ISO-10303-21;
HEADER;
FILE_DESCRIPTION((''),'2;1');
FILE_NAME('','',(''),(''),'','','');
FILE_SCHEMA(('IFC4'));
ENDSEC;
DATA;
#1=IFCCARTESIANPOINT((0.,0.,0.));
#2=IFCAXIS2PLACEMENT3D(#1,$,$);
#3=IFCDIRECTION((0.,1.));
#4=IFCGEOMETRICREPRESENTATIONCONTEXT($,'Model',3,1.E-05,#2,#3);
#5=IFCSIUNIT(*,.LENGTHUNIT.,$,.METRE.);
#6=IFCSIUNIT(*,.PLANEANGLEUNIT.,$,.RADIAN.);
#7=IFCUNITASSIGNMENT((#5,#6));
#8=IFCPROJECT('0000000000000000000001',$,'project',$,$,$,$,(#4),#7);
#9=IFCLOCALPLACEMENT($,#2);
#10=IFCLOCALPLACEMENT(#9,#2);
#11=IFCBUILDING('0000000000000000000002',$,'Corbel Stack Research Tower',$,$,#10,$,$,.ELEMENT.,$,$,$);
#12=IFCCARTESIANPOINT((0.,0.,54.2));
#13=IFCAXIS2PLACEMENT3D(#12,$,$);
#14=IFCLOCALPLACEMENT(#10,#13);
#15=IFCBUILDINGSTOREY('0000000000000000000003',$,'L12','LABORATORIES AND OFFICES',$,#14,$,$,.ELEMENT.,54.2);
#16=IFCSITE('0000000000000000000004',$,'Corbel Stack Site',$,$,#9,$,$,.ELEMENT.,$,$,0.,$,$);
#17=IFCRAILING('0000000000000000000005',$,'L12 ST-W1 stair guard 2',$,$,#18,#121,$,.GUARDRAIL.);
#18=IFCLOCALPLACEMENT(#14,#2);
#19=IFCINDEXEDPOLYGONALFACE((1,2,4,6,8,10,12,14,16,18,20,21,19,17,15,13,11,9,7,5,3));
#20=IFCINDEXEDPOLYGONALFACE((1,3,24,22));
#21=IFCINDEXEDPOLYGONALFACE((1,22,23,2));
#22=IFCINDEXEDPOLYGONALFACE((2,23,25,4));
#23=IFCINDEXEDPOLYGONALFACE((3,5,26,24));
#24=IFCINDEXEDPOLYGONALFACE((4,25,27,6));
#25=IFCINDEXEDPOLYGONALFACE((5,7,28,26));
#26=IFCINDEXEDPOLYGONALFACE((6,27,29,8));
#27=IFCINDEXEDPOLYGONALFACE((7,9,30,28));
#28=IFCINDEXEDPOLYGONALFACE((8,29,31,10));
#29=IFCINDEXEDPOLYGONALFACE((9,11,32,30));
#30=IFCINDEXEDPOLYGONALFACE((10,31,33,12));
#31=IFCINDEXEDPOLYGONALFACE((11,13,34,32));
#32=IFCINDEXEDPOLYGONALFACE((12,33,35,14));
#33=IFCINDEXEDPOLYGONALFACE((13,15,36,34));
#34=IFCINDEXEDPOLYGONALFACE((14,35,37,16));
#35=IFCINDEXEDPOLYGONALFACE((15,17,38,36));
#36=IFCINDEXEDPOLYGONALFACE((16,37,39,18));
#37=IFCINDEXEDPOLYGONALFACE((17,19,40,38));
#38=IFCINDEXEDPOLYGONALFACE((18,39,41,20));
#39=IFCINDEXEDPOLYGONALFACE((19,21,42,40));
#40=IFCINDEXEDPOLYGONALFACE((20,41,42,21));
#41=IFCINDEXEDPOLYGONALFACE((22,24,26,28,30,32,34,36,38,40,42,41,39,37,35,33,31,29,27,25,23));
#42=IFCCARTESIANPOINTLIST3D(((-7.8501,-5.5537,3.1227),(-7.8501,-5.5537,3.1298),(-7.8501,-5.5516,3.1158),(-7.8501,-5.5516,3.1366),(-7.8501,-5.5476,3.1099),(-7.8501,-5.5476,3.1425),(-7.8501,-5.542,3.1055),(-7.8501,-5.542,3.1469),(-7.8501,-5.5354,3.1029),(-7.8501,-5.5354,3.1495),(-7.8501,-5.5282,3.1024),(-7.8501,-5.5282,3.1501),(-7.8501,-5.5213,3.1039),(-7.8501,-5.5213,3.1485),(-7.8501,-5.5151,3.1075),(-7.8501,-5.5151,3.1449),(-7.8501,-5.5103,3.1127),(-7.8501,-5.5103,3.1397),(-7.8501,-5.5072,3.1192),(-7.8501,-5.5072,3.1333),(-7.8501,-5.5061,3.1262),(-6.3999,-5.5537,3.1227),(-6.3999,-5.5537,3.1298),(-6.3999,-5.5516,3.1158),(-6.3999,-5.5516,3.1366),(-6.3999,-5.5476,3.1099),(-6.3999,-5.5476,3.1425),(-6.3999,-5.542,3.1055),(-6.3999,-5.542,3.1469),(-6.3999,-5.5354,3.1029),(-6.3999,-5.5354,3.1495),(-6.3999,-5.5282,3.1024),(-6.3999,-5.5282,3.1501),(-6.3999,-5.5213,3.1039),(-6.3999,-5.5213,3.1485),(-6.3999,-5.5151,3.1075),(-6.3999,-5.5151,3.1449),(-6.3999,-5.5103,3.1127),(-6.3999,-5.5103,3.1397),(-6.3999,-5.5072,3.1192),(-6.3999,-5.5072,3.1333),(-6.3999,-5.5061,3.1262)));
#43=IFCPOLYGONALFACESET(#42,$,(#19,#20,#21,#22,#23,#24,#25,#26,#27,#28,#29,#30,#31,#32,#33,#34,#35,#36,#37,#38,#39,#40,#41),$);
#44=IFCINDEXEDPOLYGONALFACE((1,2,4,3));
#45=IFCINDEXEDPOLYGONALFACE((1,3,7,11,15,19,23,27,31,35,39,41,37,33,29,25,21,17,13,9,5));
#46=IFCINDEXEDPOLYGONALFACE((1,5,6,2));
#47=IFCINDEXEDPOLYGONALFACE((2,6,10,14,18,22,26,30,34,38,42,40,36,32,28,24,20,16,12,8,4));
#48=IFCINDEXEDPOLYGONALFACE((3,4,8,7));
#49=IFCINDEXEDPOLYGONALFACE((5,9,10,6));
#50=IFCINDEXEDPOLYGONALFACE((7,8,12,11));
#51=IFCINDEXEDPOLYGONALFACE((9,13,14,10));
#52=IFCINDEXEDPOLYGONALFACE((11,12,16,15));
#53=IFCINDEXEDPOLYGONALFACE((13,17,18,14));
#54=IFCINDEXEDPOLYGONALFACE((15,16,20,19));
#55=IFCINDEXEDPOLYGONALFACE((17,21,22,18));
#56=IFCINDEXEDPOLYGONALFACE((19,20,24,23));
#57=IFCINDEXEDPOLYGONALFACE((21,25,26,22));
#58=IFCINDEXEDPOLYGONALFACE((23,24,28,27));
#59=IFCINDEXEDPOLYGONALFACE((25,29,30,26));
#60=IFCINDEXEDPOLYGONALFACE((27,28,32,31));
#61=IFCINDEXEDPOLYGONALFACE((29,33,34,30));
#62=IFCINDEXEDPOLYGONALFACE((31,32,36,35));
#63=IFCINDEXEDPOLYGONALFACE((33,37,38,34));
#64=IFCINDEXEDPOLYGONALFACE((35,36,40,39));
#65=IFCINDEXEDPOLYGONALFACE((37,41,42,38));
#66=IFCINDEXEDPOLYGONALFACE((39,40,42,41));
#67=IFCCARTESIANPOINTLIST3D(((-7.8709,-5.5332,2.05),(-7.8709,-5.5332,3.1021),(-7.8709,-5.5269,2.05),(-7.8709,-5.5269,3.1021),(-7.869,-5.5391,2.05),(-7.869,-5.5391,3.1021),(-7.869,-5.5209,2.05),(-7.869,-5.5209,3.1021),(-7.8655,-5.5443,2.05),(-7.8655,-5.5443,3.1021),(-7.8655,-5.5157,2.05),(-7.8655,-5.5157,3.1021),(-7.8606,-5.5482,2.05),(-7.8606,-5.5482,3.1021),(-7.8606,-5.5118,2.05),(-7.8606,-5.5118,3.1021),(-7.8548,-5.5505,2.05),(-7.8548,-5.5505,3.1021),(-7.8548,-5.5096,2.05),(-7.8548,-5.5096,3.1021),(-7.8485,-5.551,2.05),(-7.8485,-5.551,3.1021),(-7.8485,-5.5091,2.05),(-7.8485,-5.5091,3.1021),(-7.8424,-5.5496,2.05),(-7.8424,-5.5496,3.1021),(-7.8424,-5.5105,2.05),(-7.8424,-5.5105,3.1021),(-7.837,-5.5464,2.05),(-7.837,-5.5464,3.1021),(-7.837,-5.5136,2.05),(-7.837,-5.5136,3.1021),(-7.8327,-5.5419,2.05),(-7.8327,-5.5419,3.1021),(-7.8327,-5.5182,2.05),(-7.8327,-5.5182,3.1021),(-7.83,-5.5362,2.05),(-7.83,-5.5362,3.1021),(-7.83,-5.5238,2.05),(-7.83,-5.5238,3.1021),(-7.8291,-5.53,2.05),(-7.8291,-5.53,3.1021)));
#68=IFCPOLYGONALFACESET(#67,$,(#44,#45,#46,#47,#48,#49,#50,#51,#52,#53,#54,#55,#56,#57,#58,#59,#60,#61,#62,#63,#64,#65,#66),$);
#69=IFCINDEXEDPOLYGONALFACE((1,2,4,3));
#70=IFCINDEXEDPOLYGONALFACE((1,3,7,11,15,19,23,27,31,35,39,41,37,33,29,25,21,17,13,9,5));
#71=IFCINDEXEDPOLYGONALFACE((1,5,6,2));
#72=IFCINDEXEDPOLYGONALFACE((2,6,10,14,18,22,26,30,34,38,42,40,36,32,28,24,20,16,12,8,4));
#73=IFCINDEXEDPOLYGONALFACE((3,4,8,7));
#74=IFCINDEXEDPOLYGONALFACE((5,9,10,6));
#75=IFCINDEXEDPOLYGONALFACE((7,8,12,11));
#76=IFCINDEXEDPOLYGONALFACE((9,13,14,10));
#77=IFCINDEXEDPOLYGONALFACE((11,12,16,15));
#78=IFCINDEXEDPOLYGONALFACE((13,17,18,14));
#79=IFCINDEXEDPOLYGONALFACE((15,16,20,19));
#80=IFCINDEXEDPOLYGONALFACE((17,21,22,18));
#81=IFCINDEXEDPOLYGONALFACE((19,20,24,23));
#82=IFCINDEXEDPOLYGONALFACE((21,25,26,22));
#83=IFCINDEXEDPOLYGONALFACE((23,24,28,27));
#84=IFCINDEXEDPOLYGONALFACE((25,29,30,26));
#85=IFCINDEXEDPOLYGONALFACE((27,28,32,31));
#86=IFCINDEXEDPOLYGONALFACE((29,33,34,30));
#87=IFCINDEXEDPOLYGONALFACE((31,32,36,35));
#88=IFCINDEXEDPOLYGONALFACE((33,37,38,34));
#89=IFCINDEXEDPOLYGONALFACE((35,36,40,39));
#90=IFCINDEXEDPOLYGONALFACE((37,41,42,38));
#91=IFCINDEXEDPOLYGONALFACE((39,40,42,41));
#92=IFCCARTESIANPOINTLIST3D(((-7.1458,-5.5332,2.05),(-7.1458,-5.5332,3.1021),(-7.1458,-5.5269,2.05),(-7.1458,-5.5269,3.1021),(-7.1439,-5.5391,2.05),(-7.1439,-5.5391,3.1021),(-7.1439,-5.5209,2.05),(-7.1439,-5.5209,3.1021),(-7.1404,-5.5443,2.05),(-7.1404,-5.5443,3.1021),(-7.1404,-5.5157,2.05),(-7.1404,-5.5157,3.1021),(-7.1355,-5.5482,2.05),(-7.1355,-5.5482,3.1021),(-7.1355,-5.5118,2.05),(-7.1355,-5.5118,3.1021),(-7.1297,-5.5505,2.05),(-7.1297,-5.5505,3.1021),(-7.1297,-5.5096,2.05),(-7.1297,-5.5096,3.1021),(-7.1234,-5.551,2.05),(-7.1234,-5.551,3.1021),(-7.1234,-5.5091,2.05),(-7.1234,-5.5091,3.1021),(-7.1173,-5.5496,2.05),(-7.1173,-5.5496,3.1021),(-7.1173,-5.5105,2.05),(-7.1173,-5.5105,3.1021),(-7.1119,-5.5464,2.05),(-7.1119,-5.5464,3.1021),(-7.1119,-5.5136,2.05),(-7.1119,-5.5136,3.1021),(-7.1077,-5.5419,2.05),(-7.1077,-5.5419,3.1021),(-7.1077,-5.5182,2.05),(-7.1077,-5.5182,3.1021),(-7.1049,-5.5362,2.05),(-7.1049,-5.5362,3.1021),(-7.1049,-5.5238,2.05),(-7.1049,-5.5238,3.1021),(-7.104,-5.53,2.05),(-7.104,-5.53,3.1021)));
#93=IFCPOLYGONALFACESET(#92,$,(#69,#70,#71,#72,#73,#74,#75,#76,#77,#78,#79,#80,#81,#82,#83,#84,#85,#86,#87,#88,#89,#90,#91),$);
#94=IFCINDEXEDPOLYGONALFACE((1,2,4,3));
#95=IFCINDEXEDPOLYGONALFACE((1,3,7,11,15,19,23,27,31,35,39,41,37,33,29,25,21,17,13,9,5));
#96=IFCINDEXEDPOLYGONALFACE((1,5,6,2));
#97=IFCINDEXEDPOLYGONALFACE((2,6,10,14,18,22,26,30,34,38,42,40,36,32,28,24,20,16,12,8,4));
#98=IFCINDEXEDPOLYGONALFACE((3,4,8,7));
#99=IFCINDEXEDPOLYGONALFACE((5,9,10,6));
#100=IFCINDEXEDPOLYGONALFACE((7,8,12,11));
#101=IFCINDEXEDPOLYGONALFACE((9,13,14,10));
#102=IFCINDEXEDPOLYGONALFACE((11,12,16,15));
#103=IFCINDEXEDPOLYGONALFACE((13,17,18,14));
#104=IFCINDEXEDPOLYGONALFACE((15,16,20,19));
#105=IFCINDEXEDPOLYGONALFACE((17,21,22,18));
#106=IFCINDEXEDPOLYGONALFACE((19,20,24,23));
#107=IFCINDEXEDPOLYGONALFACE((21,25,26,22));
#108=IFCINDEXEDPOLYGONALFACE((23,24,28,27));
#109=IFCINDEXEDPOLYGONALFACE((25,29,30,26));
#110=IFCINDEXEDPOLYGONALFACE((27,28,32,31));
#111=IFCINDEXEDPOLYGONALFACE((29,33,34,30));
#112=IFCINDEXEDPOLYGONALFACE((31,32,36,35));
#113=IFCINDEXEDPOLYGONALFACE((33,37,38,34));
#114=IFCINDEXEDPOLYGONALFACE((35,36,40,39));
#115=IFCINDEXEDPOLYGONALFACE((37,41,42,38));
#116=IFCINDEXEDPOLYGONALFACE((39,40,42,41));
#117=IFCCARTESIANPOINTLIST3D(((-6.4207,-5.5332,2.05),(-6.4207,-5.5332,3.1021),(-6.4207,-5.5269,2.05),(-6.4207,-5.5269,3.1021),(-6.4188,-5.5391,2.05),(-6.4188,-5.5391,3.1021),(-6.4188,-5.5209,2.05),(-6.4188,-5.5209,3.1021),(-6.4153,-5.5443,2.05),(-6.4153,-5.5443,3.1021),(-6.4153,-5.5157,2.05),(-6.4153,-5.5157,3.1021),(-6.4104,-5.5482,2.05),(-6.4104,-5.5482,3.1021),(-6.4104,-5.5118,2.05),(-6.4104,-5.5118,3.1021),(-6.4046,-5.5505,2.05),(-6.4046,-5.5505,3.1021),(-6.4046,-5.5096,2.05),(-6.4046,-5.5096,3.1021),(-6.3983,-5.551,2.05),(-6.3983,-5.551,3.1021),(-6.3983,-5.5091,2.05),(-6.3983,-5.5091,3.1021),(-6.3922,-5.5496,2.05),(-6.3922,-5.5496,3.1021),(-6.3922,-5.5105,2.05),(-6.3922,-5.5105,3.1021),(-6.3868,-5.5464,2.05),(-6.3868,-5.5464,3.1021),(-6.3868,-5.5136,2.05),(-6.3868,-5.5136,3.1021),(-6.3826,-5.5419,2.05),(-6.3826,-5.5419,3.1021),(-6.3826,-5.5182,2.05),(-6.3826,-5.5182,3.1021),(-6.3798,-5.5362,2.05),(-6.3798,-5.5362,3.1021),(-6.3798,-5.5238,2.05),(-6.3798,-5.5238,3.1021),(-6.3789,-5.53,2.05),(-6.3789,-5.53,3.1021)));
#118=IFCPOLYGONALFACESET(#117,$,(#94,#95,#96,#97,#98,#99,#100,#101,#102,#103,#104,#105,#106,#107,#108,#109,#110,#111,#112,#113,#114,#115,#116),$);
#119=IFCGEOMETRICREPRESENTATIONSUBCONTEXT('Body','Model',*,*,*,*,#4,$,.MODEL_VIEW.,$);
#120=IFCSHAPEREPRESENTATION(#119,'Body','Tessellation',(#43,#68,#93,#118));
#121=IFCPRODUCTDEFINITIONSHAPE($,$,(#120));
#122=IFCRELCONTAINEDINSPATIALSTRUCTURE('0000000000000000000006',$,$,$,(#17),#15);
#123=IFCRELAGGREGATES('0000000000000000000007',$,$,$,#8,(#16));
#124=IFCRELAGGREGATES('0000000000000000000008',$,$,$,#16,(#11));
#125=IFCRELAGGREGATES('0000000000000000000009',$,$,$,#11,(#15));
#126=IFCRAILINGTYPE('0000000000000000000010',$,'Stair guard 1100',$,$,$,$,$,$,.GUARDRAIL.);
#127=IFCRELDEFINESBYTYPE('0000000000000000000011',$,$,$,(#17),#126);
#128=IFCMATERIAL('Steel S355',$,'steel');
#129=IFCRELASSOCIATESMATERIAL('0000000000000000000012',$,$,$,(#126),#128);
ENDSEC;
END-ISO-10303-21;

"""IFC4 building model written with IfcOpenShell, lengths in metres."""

from ifc_helpers import new_model, si_unit, direction, frame, origin, origin_2d, place, context, subcontext, project, spatial, circle, extrude, material, type_object, element, save


model = new_model("IFC4")

# Units and contexts
model_context = context("Model", 3, precision=1e-05, world=origin(), true_north=direction((0.0, 1.0)))
body_context = subcontext(model_context, "Body", "Model", "MODEL_VIEW")
ifc_project = project(units=[si_unit("LENGTHUNIT", "METRE"), si_unit("PLANEANGLEUNIT", "RADIAN")], contexts=[model_context])

# Site, building, storey
site_placement = place(None, origin())
site = spatial("IfcSite", under=ifc_project, at=site_placement, Name="Corbel Stack Site", CompositionType="ELEMENT", RefElevation=0.0)
building_placement = place(site_placement, origin())
building = spatial("IfcBuilding", under=site, at=building_placement, Name="Corbel Stack Research Tower", CompositionType="ELEMENT")
storey_placement = place(building_placement, frame((0.0, 0.0, 54.2)))
storey = spatial("IfcBuildingStorey", under=building, at=storey_placement, Name="L12", Description="LABORATORIES AND OFFICES", CompositionType="ELEMENT", Elevation=54.2)

# Railing
ifc_material_1 = material(Name="Steel S355", Category="steel")
railing_type_1 = type_object("IfcRailingType", Name="Stair guard 1100", PredefinedType="GUARDRAIL", material=ifc_material_1)
railing_1_placement = place(storey_placement, frame((-7.8501, -5.53, 2.05)))
element("IfcRailing", 1, at=railing_1_placement, inside=storey, type_object=railing_type_1, Name="L12 ST-W1 stair guard 2", PredefinedType="GUARDRAIL", context=body_context, shape_type="SweptSolid", body=[
    extrude(circle(Radius=0.0239, at=origin_2d()), frame((0.0, 0.0, 1.0762), z_axis=(1.0, 0.0, 0.0), x_axis=(0.0, 1.0, 0.0)), (0.0, 0.0, 1.0), 1.4502),
    extrude(circle(Radius=0.021, at=origin_2d()), origin(), (0.0, 0.0, 1.0), 1.052),
    extrude(circle(Radius=0.021, at=origin_2d()), frame((0.7251, 0.0, 0.0)), (0.0, 0.0, 1.0), 1.052),
    extrude(circle(Radius=0.021, at=origin_2d()), frame((1.4502, 0.0, 0.0)), (0.0, 0.0, 1.0), 1.052),
])

save(model, "model.ifc")
